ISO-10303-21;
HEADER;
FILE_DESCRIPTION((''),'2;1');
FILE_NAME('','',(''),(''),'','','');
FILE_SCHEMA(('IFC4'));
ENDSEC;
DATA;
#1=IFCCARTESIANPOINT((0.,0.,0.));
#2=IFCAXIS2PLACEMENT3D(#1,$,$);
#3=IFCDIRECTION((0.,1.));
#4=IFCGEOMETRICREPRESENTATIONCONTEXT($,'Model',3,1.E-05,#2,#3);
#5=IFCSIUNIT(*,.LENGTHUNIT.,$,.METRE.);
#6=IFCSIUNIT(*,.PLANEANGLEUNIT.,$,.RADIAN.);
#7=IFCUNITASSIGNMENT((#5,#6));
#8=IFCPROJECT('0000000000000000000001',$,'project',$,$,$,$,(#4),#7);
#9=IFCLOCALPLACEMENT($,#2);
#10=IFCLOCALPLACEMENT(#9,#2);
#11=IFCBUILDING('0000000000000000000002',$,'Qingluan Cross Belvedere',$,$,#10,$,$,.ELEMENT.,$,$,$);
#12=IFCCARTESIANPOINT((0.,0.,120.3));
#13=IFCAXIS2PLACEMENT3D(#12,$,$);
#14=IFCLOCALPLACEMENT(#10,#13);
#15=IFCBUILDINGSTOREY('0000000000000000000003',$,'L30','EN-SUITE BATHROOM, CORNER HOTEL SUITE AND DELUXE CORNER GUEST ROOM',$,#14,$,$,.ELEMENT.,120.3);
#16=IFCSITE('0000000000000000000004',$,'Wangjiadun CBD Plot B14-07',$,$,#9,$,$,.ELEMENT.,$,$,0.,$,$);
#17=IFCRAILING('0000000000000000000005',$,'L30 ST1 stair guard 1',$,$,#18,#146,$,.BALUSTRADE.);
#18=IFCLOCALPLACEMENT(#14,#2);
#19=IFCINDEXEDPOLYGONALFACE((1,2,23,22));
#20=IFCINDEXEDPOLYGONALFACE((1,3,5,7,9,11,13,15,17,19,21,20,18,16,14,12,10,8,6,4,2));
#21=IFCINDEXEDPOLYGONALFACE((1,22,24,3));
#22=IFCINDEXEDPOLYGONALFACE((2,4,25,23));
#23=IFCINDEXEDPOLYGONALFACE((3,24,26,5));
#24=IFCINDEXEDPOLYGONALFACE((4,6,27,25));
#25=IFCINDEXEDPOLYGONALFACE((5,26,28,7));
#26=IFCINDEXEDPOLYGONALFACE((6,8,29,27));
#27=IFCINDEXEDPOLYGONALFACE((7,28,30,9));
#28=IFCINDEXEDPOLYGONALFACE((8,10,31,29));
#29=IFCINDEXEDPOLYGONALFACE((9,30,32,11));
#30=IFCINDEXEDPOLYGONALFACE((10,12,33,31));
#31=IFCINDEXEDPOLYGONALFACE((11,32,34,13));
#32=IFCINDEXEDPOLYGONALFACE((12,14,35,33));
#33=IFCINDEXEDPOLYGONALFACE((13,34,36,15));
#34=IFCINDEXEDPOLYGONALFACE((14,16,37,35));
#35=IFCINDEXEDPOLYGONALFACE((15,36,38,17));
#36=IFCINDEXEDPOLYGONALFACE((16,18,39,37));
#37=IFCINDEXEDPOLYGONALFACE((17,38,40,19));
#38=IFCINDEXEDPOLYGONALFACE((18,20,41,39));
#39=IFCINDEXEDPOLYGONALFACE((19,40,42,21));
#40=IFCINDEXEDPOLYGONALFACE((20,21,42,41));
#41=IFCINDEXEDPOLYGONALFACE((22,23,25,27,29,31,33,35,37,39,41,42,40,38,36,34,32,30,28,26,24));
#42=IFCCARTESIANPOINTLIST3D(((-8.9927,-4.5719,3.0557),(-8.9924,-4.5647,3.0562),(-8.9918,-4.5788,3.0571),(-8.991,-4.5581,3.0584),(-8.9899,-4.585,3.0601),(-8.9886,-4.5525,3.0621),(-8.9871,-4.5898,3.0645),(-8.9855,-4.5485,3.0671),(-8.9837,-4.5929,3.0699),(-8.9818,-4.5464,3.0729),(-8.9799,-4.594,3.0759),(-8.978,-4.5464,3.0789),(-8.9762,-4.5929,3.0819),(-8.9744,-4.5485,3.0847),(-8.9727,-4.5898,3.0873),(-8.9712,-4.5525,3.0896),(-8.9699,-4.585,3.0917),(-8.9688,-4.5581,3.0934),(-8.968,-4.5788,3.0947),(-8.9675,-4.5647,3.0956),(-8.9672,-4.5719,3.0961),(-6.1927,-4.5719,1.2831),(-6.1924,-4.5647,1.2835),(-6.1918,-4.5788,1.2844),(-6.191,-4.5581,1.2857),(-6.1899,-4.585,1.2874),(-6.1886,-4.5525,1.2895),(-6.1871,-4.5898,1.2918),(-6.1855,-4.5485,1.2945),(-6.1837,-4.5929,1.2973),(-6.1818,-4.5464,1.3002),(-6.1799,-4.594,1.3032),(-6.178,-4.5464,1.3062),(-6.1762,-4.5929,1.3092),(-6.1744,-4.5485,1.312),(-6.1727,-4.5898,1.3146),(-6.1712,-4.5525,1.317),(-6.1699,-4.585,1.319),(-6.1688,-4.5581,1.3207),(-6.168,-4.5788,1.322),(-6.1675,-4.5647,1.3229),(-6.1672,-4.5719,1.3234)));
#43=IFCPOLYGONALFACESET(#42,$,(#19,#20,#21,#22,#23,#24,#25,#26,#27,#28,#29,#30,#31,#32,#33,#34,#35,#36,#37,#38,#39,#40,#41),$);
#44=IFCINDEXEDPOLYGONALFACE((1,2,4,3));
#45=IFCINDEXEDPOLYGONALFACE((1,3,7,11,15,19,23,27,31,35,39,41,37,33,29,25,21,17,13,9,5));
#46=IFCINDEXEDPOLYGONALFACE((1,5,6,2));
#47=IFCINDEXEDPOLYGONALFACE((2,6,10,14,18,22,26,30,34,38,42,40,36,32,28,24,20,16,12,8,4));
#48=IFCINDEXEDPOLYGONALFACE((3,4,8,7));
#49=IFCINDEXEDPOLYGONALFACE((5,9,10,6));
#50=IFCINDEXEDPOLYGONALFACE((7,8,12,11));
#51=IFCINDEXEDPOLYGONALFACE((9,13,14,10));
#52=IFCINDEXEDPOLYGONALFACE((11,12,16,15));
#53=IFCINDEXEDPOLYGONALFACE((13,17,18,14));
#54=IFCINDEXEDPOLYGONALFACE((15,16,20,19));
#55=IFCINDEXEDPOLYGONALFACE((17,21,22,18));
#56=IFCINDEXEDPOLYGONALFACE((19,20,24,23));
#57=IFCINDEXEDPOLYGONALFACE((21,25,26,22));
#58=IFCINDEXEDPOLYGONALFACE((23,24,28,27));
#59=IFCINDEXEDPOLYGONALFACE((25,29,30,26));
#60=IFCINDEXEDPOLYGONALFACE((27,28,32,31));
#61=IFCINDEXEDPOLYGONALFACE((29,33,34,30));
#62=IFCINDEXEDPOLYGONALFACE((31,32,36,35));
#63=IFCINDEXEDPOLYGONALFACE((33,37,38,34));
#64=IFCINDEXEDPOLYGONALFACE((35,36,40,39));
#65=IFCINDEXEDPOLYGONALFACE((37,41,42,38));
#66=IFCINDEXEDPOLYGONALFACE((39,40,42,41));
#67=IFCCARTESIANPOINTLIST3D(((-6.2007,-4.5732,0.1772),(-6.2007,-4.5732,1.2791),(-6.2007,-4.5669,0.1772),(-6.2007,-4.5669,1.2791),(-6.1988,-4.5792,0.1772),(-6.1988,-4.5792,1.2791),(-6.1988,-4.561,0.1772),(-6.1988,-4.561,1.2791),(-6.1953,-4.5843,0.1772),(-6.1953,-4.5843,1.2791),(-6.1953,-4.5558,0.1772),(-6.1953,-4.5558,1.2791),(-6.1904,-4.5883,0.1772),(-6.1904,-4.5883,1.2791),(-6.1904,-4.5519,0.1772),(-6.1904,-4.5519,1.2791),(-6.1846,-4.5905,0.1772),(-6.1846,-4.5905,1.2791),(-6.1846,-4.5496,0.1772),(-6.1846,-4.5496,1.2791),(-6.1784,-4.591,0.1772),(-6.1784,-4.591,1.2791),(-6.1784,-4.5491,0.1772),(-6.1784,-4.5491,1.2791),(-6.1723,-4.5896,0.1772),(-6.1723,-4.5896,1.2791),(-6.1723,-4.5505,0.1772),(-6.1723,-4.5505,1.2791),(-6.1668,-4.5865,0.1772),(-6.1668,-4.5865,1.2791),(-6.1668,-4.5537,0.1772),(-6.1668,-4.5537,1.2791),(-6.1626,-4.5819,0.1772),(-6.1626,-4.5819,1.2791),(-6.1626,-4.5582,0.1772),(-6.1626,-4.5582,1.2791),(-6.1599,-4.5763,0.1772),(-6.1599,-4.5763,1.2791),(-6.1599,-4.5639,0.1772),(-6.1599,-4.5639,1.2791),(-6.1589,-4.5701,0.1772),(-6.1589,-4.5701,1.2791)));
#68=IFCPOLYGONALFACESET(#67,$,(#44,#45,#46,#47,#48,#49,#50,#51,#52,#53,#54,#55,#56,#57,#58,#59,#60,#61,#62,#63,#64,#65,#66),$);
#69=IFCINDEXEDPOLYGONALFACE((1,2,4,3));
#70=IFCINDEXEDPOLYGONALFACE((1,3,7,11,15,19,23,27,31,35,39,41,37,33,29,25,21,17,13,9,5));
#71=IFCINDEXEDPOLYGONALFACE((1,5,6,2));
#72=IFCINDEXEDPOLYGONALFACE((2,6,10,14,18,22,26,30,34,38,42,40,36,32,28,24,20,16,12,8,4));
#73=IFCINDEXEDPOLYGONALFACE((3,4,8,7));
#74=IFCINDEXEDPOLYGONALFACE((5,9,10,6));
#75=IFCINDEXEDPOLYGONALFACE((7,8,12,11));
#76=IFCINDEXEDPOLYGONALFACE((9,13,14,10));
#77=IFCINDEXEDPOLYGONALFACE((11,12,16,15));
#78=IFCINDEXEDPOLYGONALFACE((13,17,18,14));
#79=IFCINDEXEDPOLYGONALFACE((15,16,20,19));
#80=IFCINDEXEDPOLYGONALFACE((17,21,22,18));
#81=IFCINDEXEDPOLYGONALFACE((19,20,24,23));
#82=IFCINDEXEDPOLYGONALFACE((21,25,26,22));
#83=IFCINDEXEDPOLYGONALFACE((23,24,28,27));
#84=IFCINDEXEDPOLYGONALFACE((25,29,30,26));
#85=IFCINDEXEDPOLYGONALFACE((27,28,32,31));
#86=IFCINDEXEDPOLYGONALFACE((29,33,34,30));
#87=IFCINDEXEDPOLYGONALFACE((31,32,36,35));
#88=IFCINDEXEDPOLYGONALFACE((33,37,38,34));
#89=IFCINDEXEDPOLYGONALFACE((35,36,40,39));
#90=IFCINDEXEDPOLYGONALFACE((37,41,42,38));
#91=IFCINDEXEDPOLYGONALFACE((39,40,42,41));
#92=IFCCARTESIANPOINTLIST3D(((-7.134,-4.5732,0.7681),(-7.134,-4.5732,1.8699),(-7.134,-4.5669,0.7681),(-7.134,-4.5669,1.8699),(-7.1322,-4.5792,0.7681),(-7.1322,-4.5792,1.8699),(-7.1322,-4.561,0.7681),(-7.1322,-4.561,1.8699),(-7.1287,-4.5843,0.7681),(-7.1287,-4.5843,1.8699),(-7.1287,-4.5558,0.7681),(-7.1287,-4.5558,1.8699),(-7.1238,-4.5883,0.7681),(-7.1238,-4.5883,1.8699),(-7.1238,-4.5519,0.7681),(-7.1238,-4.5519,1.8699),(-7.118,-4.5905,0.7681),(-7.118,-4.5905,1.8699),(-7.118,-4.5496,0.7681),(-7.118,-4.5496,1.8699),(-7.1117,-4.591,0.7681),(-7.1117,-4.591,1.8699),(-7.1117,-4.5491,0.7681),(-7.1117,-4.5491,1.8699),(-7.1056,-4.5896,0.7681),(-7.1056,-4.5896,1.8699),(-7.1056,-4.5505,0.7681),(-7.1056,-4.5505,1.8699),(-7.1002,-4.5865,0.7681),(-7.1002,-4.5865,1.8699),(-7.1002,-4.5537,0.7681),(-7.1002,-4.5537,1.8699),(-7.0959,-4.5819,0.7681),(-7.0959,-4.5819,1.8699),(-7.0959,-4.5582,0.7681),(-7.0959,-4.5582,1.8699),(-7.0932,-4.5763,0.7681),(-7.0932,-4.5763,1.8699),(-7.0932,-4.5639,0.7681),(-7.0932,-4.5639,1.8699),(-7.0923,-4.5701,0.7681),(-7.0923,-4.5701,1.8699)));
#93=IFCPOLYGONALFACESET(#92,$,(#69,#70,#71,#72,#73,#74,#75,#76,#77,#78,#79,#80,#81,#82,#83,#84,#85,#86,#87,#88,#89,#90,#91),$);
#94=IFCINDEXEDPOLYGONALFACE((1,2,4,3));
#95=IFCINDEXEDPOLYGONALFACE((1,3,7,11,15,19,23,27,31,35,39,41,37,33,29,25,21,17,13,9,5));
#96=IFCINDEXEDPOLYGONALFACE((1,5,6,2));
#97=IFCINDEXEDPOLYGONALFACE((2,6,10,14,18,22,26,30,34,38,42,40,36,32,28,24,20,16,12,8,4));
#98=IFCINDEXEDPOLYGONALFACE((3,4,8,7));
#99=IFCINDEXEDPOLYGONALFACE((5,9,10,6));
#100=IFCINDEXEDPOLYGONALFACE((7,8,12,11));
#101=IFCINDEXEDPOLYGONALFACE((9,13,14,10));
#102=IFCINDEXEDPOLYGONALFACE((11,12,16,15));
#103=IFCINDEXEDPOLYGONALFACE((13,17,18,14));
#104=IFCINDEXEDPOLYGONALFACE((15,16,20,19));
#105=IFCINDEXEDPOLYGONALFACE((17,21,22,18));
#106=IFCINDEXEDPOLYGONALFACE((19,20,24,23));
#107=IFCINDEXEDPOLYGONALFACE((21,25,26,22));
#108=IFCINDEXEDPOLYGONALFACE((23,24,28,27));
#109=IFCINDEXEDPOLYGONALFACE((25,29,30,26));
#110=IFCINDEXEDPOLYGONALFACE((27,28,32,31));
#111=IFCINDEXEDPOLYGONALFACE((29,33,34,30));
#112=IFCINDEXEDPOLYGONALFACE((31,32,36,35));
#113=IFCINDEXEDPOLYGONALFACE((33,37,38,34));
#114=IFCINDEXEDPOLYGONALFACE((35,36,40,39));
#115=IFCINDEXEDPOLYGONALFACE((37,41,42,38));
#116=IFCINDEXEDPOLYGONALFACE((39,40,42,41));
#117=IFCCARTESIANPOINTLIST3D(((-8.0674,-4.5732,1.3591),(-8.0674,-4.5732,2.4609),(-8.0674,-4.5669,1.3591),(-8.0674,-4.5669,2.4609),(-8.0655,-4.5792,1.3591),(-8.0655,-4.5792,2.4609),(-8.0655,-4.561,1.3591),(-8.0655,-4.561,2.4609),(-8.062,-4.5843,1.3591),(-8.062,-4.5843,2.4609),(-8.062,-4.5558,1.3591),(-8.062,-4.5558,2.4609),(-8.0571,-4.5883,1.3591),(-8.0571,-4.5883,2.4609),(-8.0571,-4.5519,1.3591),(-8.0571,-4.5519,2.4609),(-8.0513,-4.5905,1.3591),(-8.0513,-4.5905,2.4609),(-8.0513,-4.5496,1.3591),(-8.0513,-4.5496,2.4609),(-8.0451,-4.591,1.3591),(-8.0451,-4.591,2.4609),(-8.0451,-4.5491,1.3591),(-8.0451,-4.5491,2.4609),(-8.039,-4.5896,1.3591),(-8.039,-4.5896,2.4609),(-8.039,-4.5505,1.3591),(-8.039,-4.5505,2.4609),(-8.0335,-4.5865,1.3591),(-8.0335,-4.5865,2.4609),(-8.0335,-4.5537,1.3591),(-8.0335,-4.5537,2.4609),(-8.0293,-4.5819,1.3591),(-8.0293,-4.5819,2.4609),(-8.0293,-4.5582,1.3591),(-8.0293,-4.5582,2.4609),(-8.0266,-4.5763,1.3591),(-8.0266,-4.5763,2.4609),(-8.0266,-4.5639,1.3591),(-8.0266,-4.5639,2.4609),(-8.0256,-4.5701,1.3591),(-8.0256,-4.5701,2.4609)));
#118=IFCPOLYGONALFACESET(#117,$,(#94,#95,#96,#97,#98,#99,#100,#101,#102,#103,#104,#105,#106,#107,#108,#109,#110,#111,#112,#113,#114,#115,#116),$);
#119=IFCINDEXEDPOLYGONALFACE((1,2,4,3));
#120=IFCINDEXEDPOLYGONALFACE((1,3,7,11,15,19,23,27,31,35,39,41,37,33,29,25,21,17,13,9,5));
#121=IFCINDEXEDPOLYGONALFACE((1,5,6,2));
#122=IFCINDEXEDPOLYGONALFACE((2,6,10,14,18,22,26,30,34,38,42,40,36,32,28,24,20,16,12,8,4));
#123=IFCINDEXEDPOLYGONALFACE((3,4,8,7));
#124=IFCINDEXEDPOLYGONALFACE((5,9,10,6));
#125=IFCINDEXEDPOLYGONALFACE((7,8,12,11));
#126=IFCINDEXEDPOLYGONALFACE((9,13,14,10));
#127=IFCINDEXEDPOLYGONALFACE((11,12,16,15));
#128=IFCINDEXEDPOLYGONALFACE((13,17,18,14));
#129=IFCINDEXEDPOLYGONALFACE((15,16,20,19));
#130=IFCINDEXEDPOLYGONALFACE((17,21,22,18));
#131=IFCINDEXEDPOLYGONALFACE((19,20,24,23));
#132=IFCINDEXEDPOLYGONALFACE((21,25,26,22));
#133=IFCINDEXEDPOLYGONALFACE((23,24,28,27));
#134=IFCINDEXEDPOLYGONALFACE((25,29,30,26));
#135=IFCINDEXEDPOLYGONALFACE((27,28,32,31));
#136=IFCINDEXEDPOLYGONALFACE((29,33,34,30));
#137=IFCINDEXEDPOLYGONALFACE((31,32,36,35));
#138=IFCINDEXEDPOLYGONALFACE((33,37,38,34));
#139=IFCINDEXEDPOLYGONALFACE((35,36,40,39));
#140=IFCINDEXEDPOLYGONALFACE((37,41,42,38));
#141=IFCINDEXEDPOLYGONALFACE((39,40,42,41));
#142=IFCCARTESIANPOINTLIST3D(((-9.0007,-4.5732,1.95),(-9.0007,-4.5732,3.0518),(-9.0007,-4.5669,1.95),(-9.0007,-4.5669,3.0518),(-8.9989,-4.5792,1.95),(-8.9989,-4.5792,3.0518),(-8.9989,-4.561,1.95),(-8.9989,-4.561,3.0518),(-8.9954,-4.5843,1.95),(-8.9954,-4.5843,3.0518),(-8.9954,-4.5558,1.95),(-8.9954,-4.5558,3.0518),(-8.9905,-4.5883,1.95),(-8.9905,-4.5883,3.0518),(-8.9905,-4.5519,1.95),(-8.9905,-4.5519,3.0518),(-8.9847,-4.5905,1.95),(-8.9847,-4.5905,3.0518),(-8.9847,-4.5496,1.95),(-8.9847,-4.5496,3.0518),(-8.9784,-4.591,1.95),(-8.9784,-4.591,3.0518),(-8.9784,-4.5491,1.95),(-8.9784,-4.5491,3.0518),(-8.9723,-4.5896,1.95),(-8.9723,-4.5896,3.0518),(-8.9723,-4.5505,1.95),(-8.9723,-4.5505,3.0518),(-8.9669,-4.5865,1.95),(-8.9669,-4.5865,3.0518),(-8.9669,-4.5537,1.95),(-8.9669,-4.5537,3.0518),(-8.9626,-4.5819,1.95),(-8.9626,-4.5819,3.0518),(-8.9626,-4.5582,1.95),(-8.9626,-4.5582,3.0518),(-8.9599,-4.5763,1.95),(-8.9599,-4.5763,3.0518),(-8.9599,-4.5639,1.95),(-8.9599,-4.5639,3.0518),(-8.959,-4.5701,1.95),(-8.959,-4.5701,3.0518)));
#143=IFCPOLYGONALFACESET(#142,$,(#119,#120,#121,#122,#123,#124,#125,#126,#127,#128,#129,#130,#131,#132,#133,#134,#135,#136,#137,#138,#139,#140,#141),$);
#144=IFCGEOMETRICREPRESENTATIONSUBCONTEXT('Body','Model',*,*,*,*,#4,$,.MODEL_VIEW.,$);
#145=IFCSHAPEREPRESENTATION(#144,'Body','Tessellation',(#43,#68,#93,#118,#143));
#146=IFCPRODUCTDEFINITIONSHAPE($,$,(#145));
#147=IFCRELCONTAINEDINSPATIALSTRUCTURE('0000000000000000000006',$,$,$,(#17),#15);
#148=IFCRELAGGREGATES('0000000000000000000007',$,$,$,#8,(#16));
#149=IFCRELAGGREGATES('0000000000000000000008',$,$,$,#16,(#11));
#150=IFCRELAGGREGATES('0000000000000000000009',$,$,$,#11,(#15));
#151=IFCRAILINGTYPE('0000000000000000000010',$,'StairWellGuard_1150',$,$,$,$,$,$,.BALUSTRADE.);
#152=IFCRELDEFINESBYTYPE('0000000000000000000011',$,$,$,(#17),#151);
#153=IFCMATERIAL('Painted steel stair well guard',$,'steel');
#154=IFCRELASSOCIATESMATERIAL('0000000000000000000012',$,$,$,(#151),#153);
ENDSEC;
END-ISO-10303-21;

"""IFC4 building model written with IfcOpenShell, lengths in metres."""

from ifc_helpers import new_model, si_unit, direction, frame, origin, origin_2d, place, context, subcontext, project, spatial, circle, extrude, material, type_object, element, save


model = new_model("IFC4")

# Units and contexts
model_context = context("Model", 3, precision=1e-05, world=origin(), true_north=direction((0.0, 1.0)))
body_context = subcontext(model_context, "Body", "Model", "MODEL_VIEW")
ifc_project = project(units=[si_unit("LENGTHUNIT", "METRE"), si_unit("PLANEANGLEUNIT", "RADIAN")], contexts=[model_context])

# Site, building, storey
site_placement = place(None, origin())
site = spatial("IfcSite", under=ifc_project, at=site_placement, Name="Wangjiadun CBD Plot B14-07", CompositionType="ELEMENT", RefElevation=0.0)
building_placement = place(site_placement, origin())
building = spatial("IfcBuilding", under=site, at=building_placement, Name="Qingluan Cross Belvedere", CompositionType="ELEMENT")
storey_placement = place(building_placement, frame((0.0, 0.0, 120.3)))
storey = spatial("IfcBuildingStorey", under=building, at=storey_placement, Name="L30", Description="EN-SUITE BATHROOM, CORNER HOTEL SUITE AND DELUXE CORNER GUEST ROOM", CompositionType="ELEMENT", Elevation=120.3)

# Railing
ifc_material_1 = material(Name="Painted steel stair well guard", Category="steel")
railing_type_1 = type_object("IfcRailingType", Name="StairWellGuard_1150", PredefinedType="BALUSTRADE", material=ifc_material_1)
railing_1_placement = place(storey_placement, frame((-6.1799, -4.5701, 0.1772)))
element("IfcRailing", 1, at=railing_1_placement, inside=storey, type_object=railing_type_1, Name="L30 ST1 stair guard 1", PredefinedType="BALUSTRADE", context=body_context, shape_type="SweptSolid", body=[
    extrude(circle(Radius=0.0239, at=origin_2d()), frame((0.0, 0.0, 1.126), z_axis=(-0.844909, 0.0, 0.53491), x_axis=(0.0, -1.0, 0.0)), (0.0, 0.0, 1.0), 3.314),
    extrude(circle(Radius=0.021, at=origin_2d()), origin(), (0.0, 0.0, 1.0), 1.1018),
    extrude(circle(Radius=0.021, at=origin_2d()), frame((-0.9333, 0.0, 0.5908)), (0.0, 0.0, 1.0), 1.1018),
    extrude(circle(Radius=0.021, at=origin_2d()), frame((-1.8667, 0.0, 1.1819)), (0.0, 0.0, 1.0), 1.1018),
    extrude(circle(Radius=0.021, at=origin_2d()), frame((-2.8, 0.0, 1.7727)), (0.0, 0.0, 1.0), 1.1018),
])

save(model, "model.ifc")
